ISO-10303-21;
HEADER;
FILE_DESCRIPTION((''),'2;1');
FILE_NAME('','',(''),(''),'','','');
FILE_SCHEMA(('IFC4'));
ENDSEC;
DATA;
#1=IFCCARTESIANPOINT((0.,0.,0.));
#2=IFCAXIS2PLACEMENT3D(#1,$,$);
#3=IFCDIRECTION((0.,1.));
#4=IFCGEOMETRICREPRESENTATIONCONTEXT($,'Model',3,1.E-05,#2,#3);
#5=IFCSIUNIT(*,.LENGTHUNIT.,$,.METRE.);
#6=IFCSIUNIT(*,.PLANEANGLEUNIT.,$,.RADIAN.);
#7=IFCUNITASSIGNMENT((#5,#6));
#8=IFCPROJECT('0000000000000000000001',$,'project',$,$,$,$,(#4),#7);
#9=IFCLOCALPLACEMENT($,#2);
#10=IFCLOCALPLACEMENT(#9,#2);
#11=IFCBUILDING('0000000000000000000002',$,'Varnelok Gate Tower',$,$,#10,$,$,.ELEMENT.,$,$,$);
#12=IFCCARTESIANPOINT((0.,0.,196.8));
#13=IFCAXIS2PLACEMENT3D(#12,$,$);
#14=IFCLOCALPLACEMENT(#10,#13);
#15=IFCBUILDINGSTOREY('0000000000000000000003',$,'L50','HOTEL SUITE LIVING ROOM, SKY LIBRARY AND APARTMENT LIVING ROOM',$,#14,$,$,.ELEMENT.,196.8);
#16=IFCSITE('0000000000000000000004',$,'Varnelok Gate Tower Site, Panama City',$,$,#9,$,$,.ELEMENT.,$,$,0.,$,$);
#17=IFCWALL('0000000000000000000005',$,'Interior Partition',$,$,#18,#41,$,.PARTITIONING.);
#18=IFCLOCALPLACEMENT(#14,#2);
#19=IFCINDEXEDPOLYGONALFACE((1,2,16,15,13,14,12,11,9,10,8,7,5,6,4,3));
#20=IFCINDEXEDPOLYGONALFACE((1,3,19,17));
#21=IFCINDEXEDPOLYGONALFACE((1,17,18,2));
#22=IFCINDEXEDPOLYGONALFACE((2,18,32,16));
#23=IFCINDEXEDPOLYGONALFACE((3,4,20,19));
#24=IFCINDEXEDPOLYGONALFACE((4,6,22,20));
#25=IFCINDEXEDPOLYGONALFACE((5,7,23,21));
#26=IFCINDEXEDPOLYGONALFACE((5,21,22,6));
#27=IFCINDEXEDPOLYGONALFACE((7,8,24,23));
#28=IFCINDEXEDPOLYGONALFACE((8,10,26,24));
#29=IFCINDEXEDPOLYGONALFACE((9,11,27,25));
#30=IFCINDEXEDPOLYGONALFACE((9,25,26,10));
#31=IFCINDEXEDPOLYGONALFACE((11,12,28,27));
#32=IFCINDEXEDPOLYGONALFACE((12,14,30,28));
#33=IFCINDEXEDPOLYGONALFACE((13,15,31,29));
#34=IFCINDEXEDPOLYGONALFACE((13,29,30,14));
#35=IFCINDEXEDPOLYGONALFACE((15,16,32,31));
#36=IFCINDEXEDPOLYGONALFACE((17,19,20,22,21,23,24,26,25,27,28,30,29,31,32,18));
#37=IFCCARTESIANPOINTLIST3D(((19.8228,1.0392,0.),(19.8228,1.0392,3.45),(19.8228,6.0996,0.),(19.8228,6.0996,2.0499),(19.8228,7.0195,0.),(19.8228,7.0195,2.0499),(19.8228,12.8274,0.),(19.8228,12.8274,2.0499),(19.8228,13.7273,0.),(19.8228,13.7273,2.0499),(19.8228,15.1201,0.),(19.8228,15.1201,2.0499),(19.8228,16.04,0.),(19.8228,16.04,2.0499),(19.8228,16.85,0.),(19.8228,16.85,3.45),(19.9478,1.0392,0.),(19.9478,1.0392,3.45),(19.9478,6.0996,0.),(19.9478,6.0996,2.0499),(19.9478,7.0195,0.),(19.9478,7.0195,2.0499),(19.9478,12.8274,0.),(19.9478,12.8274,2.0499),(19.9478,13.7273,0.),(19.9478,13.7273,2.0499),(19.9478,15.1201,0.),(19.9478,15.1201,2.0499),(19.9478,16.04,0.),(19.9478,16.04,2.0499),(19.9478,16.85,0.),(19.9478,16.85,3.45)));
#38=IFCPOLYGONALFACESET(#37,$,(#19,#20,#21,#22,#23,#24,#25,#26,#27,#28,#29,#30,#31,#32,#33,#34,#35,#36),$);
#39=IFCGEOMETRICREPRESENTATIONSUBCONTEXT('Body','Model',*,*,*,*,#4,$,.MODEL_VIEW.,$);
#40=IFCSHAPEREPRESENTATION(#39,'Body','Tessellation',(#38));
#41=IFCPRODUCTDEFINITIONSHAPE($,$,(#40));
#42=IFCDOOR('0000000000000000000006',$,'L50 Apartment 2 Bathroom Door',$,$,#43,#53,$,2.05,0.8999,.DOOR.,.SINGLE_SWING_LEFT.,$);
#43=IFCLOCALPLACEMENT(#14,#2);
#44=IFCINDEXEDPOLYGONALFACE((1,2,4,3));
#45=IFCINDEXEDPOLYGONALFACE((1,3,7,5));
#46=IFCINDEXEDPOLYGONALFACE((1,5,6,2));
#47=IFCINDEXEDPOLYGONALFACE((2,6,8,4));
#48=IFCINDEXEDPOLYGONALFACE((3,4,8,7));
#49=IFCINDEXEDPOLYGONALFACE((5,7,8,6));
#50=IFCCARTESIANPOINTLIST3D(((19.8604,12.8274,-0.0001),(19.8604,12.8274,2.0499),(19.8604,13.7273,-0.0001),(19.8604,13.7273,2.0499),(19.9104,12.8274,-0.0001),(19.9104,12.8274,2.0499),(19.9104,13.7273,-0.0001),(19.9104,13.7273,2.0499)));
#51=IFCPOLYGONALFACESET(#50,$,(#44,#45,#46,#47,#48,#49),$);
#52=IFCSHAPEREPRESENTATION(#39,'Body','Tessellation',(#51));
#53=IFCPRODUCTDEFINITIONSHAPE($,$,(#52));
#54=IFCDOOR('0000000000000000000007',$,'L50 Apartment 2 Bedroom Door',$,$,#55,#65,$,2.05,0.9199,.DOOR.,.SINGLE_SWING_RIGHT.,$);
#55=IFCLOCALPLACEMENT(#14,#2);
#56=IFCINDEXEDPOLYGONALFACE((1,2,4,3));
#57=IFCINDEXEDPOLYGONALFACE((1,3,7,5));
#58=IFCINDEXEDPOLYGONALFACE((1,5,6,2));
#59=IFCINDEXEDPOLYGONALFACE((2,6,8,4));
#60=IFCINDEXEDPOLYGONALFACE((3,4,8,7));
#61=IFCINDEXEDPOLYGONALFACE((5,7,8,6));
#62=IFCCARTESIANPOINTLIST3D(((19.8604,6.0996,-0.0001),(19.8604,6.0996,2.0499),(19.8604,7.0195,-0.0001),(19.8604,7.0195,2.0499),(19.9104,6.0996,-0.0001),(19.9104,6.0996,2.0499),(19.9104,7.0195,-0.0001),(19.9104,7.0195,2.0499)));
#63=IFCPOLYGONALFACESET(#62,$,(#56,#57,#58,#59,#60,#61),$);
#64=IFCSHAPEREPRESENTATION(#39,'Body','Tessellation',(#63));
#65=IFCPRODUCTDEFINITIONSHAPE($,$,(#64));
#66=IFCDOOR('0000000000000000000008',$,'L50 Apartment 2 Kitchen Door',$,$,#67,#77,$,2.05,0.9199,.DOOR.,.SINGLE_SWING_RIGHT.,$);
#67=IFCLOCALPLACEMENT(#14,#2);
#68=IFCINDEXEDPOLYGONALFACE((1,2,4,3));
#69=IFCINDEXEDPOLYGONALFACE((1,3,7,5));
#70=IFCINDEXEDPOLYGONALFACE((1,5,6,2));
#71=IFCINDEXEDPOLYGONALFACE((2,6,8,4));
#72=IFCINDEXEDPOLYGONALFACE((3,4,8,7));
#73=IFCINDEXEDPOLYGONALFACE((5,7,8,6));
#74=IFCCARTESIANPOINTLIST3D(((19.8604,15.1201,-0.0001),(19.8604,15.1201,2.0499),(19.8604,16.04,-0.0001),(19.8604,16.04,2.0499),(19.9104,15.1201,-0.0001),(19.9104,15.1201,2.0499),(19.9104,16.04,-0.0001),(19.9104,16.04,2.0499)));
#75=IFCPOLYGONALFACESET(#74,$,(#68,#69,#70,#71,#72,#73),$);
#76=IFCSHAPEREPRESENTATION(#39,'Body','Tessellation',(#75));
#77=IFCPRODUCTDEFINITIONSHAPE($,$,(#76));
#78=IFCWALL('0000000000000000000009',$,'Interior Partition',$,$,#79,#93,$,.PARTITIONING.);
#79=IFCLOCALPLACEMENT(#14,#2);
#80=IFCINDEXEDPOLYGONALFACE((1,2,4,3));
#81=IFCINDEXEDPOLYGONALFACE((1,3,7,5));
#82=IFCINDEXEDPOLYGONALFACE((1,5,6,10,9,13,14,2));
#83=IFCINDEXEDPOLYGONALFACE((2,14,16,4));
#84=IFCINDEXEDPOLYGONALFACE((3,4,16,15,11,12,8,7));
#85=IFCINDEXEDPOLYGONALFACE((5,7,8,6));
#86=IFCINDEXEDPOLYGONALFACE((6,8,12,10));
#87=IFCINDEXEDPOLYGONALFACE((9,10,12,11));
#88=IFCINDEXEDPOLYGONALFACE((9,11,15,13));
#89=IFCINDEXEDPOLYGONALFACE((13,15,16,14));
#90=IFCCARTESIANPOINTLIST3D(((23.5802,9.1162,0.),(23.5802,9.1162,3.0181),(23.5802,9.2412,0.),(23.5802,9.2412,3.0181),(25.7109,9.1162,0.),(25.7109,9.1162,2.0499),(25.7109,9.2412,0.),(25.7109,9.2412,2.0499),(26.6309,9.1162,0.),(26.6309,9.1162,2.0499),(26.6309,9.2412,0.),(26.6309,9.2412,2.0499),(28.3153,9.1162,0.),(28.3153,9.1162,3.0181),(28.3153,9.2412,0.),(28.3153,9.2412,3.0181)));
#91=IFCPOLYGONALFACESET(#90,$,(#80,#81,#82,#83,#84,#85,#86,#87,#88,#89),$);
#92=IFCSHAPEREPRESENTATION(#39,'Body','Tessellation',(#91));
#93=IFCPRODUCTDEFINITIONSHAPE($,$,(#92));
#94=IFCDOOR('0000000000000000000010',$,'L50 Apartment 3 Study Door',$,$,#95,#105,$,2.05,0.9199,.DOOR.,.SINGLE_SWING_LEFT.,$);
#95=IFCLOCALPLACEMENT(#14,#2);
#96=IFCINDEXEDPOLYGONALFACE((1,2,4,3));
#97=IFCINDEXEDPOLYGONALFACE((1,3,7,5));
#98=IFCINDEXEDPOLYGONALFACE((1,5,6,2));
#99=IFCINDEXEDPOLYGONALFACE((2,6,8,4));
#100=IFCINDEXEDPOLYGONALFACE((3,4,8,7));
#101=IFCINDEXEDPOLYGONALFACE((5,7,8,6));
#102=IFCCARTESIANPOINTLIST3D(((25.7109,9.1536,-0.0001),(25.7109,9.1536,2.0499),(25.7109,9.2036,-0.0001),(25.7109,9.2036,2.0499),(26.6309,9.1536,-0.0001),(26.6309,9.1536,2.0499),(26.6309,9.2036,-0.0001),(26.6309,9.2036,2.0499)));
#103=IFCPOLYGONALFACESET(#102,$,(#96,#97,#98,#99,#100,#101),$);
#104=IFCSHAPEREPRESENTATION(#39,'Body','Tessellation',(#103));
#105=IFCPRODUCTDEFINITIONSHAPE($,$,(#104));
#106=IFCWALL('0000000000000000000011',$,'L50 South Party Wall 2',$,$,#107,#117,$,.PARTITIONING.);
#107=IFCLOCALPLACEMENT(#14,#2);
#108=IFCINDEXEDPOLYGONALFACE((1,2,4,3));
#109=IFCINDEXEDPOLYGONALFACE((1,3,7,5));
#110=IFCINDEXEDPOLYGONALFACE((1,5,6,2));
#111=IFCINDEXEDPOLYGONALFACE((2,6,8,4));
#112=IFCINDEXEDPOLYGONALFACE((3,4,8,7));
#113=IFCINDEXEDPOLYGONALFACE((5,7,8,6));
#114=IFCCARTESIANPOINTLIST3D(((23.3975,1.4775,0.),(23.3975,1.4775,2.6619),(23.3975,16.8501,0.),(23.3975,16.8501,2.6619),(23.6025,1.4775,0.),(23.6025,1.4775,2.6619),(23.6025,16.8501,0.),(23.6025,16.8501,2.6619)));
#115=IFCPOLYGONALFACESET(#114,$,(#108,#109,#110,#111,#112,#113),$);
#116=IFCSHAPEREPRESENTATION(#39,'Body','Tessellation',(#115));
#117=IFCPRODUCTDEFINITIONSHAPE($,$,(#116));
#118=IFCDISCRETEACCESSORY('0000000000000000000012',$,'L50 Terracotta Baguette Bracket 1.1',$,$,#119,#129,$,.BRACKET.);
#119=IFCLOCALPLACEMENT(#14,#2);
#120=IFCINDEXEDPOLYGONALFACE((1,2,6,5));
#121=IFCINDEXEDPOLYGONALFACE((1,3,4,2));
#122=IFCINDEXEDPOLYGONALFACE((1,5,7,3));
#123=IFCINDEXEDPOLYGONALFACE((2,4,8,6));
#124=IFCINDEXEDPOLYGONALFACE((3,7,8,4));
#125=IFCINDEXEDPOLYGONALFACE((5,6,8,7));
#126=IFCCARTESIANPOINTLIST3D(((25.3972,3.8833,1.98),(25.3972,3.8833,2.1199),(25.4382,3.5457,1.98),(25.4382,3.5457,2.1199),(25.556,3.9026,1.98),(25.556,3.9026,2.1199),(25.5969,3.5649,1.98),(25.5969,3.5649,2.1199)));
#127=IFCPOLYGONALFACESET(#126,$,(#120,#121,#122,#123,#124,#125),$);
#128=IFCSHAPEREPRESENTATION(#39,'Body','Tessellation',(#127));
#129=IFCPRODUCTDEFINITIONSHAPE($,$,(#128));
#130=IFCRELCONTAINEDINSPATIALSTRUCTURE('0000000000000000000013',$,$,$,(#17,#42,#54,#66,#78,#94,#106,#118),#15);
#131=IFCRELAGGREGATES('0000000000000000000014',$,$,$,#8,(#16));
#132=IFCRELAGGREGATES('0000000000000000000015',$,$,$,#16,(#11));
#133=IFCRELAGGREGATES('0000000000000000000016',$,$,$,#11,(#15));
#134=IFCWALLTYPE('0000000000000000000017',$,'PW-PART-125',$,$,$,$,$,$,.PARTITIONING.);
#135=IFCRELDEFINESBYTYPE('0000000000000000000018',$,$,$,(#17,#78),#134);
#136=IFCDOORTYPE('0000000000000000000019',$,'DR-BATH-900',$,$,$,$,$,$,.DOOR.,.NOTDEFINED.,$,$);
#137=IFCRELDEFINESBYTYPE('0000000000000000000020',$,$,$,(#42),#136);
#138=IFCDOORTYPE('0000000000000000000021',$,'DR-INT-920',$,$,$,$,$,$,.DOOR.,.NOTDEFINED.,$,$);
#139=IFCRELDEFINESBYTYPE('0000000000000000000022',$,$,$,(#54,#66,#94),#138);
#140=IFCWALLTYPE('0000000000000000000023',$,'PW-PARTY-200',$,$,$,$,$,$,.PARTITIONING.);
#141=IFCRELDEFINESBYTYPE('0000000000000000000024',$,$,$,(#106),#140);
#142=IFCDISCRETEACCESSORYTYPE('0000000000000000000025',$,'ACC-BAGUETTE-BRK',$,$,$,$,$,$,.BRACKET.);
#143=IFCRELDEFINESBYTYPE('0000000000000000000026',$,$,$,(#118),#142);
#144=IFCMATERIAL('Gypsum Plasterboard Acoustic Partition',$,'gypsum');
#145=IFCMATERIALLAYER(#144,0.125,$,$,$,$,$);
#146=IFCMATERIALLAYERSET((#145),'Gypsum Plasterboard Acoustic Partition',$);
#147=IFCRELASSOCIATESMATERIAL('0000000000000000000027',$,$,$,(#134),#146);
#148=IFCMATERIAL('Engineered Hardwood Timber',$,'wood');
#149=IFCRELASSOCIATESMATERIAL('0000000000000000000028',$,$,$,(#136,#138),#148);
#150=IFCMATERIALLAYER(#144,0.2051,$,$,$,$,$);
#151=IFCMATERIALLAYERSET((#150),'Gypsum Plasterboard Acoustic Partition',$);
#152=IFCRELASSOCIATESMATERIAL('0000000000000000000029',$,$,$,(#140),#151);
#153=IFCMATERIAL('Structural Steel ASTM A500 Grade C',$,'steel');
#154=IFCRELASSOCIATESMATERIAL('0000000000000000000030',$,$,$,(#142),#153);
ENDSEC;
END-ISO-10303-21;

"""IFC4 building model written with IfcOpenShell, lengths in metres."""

from ifc_helpers import new_model, si_unit, direction, frame, frame_2d, origin, origin_2d, place, context, subcontext, project, spatial, rectangle, extrude, source, transform, mapped, material, layer, layer_set, type_object, element, fill, save


model = new_model("IFC4")

# Units and contexts
model_context = context("Model", 3, precision=1e-05, world=origin(), true_north=direction((0.0, 1.0)))
body_context = subcontext(model_context, "Body", "Model", "MODEL_VIEW")
ifc_project = project(units=[si_unit("LENGTHUNIT", "METRE"), si_unit("PLANEANGLEUNIT", "RADIAN")], contexts=[model_context])

# Site, building, storey
site_placement = place(None, origin())
site = spatial("IfcSite", under=ifc_project, at=site_placement, Name="Varnelok Gate Tower Site, Panama City", CompositionType="ELEMENT", RefElevation=0.0)
building_placement = place(site_placement, origin())
building = spatial("IfcBuilding", under=site, at=building_placement, Name="Varnelok Gate Tower", CompositionType="ELEMENT")
storey_placement = place(building_placement, frame((0.0, 0.0, 196.8)))
storey = spatial("IfcBuildingStorey", under=building, at=storey_placement, Name="L50", Description="HOTEL SUITE LIVING ROOM, SKY LIBRARY AND APARTMENT LIVING ROOM", CompositionType="ELEMENT", Elevation=196.8)

# Shared definitions
ifc_material_1 = material(Name="Gypsum Plasterboard Acoustic Partition", Category="gypsum")

# Wall, openings, doors
ifc_layer_1 = layer(ifc_material_1, 0.125)
ifc_layer_set_1 = layer_set([ifc_layer_1], Name="Gypsum Plasterboard Acoustic Partition")
wall_type_1 = type_object("IfcWallType", Name="PW-PART-125", PredefinedType="PARTITIONING", material=ifc_layer_set_1)
wall_1_placement = place(storey_placement, frame((19.8853, 1.0393, 0.0), z_axis=(0.0, 0.0, 1.0), x_axis=(0.0, 1.0, 0.0)))
wall_1 = element("IfcWall", 1, at=wall_1_placement, inside=storey, type_object=wall_type_1, Name="Interior Partition", PredefinedType="PARTITIONING", context=body_context, shape_type="SweptSolid", body=[
    extrude(rectangle(XDim=15.8108, YDim=0.125, at=frame_2d((7.9053, 0.0))), origin(), (0.0, 0.0, 1.0), 3.45),
])
opening_1_placement = place(wall_1_placement, frame((5.0603, 0.0, 0.0)))
opening_1 = element("IfcOpeningElement", 2, at=opening_1_placement, cuts=wall_1, PredefinedType="OPENING", context=body_context, shape_type="SweptSolid", body=[
    extrude(rectangle(XDim=0.9199, YDim=2.05, at=frame_2d((0.46, 1.0249))), frame((0.0, 0.0725, 0.0), z_axis=(0.0, -1.0, 0.0), x_axis=(1.0, 0.0, 0.0)), (0.0, 0.0, 1.0), 0.145),
])
opening_2_placement = place(wall_1_placement, frame((11.7881, 0.0, 0.0)))
opening_2 = element("IfcOpeningElement", 3, at=opening_2_placement, cuts=wall_1, PredefinedType="OPENING", context=body_context, shape_type="SweptSolid", body=[
    extrude(rectangle(XDim=0.8999, YDim=2.05, at=frame_2d((0.45, 1.0249))), frame((0.0, 0.0725, 0.0), z_axis=(0.0, -1.0, 0.0), x_axis=(1.0, 0.0, 0.0)), (0.0, 0.0, 1.0), 0.145),
])
opening_3_placement = place(wall_1_placement, frame((14.0808, 0.0, 0.0)))
opening_3 = element("IfcOpeningElement", 4, at=opening_3_placement, cuts=wall_1, PredefinedType="OPENING", context=body_context, shape_type="SweptSolid", body=[
    extrude(rectangle(XDim=0.9199, YDim=2.05, at=frame_2d((0.46, 1.0249))), frame((0.0, 0.0725, 0.0), z_axis=(0.0, -1.0, 0.0), x_axis=(1.0, 0.0, 0.0)), (0.0, 0.0, 1.0), 0.145),
])
ifc_material_2 = material(Name="Engineered Hardwood Timber", Category="wood")
door_type_1 = type_object("IfcDoorType", Name="DR-BATH-900", OperationType="NOTDEFINED", PredefinedType="DOOR", material=ifc_material_2)
door_1_placement = place(opening_2_placement, origin())
door_1 = element("IfcDoor", 5, at=door_1_placement, inside=storey, type_object=door_type_1, Name="L50 Apartment 2 Bathroom Door", OperationType="SINGLE_SWING_LEFT", OverallHeight=2.05, OverallWidth=0.8999, PredefinedType="DOOR", context=body_context, shape_type="SweptSolid", body=[
    extrude(rectangle(XDim=0.8999, YDim=2.05, at=frame_2d((0.45, 1.0249))), frame((0.0, 0.0249, 0.0), z_axis=(0.0, -1.0, 0.0), x_axis=(1.0, 0.0, 0.0)), (0.0, 0.0, 1.0), 0.05),
])
fill(opening_2, door_1)
door_type_2 = type_object("IfcDoorType", Name="DR-INT-920", OperationType="NOTDEFINED", PredefinedType="DOOR", material=ifc_material_2)
door_2_placement = place(opening_1_placement, origin())
door_2 = element("IfcDoor", 6, at=door_2_placement, inside=storey, type_object=door_type_2, Name="L50 Apartment 2 Bedroom Door", OperationType="SINGLE_SWING_RIGHT", OverallHeight=2.05, OverallWidth=0.9199, PredefinedType="DOOR", context=body_context, shape_type="SweptSolid", body=[
    extrude(rectangle(XDim=0.9199, YDim=2.05, at=frame_2d((0.46, 1.0249))), frame((0.0, 0.0249, 0.0), z_axis=(0.0, -1.0, 0.0), x_axis=(1.0, 0.0, 0.0)), (0.0, 0.0, 1.0), 0.05),
])
fill(opening_1, door_2)
door_3_placement = place(opening_3_placement, origin())
door_3 = element("IfcDoor", 7, at=door_3_placement, inside=storey, type_object=door_type_2, Name="L50 Apartment 2 Kitchen Door", OperationType="SINGLE_SWING_RIGHT", OverallHeight=2.05, OverallWidth=0.9199, PredefinedType="DOOR", context=body_context, shape_type="SweptSolid", body=[
    extrude(rectangle(XDim=0.9199, YDim=2.05, at=frame_2d((0.46, 1.0249))), frame((0.0, 0.0249, 0.0), z_axis=(0.0, -1.0, 0.0), x_axis=(1.0, 0.0, 0.0)), (0.0, 0.0, 1.0), 0.05),
])
fill(opening_3, door_3)

# Wall, opening, door
wall_2_placement = place(storey_placement, frame((23.5801, 9.1787, 0.0), z_axis=(0.0, 0.0, 1.0), x_axis=(1.0, 0.0, 0.0)))
wall_2 = element("IfcWall", 8, at=wall_2_placement, inside=storey, type_object=wall_type_1, Name="Interior Partition", PredefinedType="PARTITIONING", context=body_context, shape_type="SweptSolid", body=[
    extrude(rectangle(XDim=4.7351, YDim=0.125, at=frame_2d((2.3677, 0.0))), origin(), (0.0, 0.0, 1.0), 3.0181),
])
opening_4_placement = place(wall_2_placement, frame((2.1309, 0.0, 0.0)))
opening_4 = element("IfcOpeningElement", 9, at=opening_4_placement, cuts=wall_2, PredefinedType="OPENING", context=body_context, shape_type="SweptSolid", body=[
    extrude(rectangle(XDim=0.9199, YDim=2.05, at=frame_2d((0.46, 1.0249))), frame((0.0, 0.0725, 0.0), z_axis=(0.0, -1.0, 0.0), x_axis=(1.0, 0.0, 0.0)), (0.0, 0.0, 1.0), 0.145),
])
door_4_placement = place(opening_4_placement, origin())
door_4 = element("IfcDoor", 10, at=door_4_placement, inside=storey, type_object=door_type_2, Name="L50 Apartment 3 Study Door", OperationType="SINGLE_SWING_LEFT", OverallHeight=2.05, OverallWidth=0.9199, PredefinedType="DOOR", context=body_context, shape_type="SweptSolid", body=[
    extrude(rectangle(XDim=0.9199, YDim=2.05, at=frame_2d((0.46, 1.0249))), frame((0.0, 0.0249, 0.0), z_axis=(0.0, -1.0, 0.0), x_axis=(1.0, 0.0, 0.0)), (0.0, 0.0, 1.0), 0.05),
])
fill(opening_4, door_4)

# Wall
ifc_layer_2 = layer(ifc_material_1, 0.2051)
ifc_layer_set_2 = layer_set([ifc_layer_2], Name="Gypsum Plasterboard Acoustic Partition")
wall_type_2 = type_object("IfcWallType", Name="PW-PARTY-200", PredefinedType="PARTITIONING", material=ifc_layer_set_2)
wall_3_placement = place(storey_placement, frame((23.5, 1.4775, 0.0), z_axis=(0.0, 0.0, 1.0), x_axis=(0.0, 1.0, 0.0)))
element("IfcWall", 11, at=wall_3_placement, inside=storey, type_object=wall_type_2, Name="L50 South Party Wall 2", PredefinedType="PARTITIONING", context=body_context, shape_type="SweptSolid", body=[
    extrude(rectangle(XDim=15.3726, YDim=0.2051, at=frame_2d((7.6863, 0.0))), origin(), (0.0, 0.0, 1.0), 2.6619),
])

# Discrete accessory
ifc_material_3 = material(Name="Structural Steel ASTM A500 Grade C", Category="steel")
discrete_accessory_type = type_object("IfcDiscreteAccessoryType", Name="ACC-BAGUETTE-BRK", PredefinedType="BRACKET", material=ifc_material_3)
shared_shape = source(origin(), body_context, "Body", "SweptSolid", [
    extrude(rectangle(XDim=0.1599, YDim=0.3401, at=origin_2d()), origin(), (0.0, 0.0, 1.0), 0.1399),
])
discrete_accessory_placement = place(storey_placement, frame((25.4971, 3.7241, 1.98), z_axis=(0.0, 0.0, 1.0), x_axis=(0.992732, 0.120345, 0.0)))
element("IfcDiscreteAccessory", 12, at=discrete_accessory_placement, inside=storey, type_object=discrete_accessory_type, Name="L50 Terracotta Baguette Bracket 1.1", PredefinedType="BRACKET", context=body_context, shape_type="MappedRepresentation", body=[
    mapped(shared_shape, transform((0.0, 0.0, 0.0), scale=1.0)),
])

save(model, "model.ifc")
